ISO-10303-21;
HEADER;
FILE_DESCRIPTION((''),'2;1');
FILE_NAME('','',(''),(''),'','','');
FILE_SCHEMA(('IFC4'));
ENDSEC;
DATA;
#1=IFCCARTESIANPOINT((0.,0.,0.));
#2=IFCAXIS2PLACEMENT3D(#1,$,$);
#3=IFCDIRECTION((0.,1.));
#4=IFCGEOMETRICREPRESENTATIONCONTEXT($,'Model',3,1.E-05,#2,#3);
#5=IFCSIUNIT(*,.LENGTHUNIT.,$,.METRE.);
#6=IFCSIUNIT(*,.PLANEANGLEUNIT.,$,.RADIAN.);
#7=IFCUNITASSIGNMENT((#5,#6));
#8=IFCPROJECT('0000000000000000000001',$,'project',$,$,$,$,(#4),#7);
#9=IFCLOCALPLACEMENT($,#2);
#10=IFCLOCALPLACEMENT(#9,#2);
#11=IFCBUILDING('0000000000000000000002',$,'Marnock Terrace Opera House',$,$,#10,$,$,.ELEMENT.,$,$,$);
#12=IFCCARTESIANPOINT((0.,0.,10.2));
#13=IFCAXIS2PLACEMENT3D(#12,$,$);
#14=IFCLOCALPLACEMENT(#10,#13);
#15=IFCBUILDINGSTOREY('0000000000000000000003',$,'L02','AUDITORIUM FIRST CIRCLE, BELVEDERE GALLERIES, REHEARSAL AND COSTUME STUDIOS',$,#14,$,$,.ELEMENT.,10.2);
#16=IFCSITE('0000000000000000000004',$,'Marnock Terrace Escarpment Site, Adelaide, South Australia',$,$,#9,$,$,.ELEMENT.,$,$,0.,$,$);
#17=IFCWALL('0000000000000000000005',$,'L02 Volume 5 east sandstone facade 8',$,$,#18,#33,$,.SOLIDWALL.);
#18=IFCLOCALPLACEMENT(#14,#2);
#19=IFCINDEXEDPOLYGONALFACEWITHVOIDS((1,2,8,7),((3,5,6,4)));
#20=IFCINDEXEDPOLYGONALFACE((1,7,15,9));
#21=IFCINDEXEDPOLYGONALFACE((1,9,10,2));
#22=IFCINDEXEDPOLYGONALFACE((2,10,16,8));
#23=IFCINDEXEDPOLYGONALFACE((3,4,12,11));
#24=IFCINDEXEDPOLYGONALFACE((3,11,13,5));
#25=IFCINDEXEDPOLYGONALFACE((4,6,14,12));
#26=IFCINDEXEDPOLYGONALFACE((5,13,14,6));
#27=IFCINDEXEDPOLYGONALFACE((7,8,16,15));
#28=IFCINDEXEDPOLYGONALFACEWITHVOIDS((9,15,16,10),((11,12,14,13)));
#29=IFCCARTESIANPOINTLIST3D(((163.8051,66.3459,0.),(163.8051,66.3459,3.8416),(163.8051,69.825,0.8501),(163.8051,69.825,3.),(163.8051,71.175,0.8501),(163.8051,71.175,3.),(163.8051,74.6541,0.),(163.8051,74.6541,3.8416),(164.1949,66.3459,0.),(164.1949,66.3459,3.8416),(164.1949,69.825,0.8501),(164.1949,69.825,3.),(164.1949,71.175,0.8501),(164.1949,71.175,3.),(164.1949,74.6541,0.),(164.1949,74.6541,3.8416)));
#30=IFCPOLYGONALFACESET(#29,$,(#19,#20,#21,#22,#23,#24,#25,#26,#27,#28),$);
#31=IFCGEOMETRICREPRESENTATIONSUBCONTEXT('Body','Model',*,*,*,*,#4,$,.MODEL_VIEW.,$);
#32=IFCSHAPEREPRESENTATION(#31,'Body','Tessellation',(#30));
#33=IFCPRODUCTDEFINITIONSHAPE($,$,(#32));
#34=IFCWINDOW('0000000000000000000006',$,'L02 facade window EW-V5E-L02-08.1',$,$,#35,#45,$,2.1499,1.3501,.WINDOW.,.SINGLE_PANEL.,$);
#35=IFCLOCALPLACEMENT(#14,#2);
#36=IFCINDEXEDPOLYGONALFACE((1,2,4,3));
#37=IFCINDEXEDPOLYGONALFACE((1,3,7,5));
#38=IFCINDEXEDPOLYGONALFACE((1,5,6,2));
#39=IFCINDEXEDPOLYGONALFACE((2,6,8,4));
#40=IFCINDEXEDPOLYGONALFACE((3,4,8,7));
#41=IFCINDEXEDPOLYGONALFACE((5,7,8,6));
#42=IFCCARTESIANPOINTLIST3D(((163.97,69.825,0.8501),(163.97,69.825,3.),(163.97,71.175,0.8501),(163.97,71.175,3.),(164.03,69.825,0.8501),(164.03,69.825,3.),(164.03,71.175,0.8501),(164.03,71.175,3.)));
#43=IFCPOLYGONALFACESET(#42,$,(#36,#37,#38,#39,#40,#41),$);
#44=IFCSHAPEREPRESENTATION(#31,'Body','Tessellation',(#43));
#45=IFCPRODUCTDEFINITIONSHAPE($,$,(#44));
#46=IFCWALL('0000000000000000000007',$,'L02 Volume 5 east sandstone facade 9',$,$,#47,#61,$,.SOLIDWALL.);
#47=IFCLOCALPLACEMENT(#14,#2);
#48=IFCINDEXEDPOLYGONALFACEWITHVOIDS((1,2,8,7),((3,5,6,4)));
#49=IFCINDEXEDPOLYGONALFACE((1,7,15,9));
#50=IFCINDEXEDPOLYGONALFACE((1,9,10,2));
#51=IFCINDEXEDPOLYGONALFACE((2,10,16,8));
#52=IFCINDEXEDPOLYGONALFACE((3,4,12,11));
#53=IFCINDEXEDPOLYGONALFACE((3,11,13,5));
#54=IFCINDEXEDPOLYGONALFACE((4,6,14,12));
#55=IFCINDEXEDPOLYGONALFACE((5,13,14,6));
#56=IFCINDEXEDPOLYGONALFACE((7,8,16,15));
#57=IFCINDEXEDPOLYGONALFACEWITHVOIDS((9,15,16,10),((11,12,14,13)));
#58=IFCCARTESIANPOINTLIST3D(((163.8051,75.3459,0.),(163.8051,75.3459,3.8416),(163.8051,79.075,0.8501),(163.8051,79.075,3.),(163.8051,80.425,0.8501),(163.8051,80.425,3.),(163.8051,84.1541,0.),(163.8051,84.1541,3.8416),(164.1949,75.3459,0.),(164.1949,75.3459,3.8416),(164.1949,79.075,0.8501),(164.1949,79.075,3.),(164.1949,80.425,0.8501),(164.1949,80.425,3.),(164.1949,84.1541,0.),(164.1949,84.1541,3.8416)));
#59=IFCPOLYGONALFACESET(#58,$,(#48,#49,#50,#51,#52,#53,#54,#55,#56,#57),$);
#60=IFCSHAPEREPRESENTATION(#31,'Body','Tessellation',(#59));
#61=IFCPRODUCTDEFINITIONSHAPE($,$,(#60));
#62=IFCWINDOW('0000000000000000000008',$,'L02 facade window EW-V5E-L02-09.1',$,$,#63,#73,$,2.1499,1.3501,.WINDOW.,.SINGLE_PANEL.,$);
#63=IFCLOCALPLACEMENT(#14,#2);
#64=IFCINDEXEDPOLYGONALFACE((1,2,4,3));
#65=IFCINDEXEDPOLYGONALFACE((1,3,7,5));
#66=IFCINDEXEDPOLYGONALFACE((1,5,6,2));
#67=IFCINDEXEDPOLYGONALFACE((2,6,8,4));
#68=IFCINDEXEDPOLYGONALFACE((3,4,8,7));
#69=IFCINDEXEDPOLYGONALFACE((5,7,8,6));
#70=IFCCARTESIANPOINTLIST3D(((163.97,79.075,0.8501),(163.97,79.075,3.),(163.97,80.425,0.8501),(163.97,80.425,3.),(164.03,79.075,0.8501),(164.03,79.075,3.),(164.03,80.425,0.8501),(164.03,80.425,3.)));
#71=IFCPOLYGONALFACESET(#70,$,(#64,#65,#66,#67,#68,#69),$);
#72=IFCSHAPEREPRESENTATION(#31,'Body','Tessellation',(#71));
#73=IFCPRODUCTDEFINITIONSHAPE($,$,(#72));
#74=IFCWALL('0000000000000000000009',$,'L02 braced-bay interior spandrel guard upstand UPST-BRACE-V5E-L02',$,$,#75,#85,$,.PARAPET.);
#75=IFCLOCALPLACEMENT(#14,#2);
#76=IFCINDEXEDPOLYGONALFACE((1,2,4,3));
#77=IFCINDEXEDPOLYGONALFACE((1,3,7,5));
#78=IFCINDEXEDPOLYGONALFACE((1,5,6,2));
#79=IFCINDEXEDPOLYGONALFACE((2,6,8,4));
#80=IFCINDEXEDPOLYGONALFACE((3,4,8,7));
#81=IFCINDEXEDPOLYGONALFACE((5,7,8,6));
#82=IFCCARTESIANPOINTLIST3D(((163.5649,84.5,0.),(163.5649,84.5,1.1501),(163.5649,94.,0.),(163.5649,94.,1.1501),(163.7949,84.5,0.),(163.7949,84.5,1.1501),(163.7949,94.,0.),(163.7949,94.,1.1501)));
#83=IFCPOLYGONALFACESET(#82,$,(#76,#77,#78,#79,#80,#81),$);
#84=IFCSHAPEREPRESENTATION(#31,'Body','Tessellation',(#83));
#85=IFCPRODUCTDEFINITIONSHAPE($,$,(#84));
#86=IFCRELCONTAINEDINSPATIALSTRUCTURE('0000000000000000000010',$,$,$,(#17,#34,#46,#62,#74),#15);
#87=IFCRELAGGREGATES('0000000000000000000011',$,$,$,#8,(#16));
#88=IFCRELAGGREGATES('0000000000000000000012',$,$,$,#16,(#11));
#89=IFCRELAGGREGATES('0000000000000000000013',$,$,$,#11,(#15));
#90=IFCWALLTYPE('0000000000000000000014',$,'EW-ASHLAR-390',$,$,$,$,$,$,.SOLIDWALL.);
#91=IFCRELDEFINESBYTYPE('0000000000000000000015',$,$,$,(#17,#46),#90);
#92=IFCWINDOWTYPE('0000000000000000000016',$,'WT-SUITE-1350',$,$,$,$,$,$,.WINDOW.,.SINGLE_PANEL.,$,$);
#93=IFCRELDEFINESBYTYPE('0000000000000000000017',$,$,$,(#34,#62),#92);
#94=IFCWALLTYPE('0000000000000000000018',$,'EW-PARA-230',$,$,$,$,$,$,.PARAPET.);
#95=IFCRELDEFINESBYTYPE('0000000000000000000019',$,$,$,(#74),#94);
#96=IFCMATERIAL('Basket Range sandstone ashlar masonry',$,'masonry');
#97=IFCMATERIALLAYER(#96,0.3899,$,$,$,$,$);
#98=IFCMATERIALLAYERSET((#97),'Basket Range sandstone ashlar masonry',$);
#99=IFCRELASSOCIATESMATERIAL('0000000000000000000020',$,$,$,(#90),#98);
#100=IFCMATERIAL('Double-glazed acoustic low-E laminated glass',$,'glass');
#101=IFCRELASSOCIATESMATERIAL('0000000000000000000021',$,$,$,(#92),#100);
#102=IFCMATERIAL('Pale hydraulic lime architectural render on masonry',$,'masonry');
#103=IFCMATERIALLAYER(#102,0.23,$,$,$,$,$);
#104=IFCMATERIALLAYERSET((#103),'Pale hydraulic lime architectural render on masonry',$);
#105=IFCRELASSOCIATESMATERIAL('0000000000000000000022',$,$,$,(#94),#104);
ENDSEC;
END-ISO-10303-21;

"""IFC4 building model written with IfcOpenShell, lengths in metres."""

from ifc_helpers import new_model, si_unit, direction, frame, frame_2d, origin, place, context, subcontext, project, spatial, rectangle, extrude, material, layer, layer_set, type_object, element, fill, save


model = new_model("IFC4")

# Units and contexts
model_context = context("Model", 3, precision=1e-05, world=origin(), true_north=direction((0.0, 1.0)))
body_context = subcontext(model_context, "Body", "Model", "MODEL_VIEW")
ifc_project = project(units=[si_unit("LENGTHUNIT", "METRE"), si_unit("PLANEANGLEUNIT", "RADIAN")], contexts=[model_context])

# Site, building, storey
site_placement = place(None, origin())
site = spatial("IfcSite", under=ifc_project, at=site_placement, Name="Marnock Terrace Escarpment Site, Adelaide, South Australia", CompositionType="ELEMENT", RefElevation=0.0)
building_placement = place(site_placement, origin())
building = spatial("IfcBuilding", under=site, at=building_placement, Name="Marnock Terrace Opera House", CompositionType="ELEMENT")
storey_placement = place(building_placement, frame((0.0, 0.0, 10.2)))
storey = spatial("IfcBuildingStorey", under=building, at=storey_placement, Name="L02", Description="AUDITORIUM FIRST CIRCLE, BELVEDERE GALLERIES, REHEARSAL AND COSTUME STUDIOS", CompositionType="ELEMENT", Elevation=10.2)

# Walls, openings, windows
ifc_material_1 = material(Name="Basket Range sandstone ashlar masonry", Category="masonry")
ifc_layer_1 = layer(ifc_material_1, 0.3899)
ifc_layer_set_1 = layer_set([ifc_layer_1], Name="Basket Range sandstone ashlar masonry")
wall_type_1 = type_object("IfcWallType", Name="EW-ASHLAR-390", PredefinedType="SOLIDWALL", material=ifc_layer_set_1)
wall_1_placement = place(storey_placement, frame((164.0, 66.3459, 0.0), z_axis=(0.0, 0.0, 1.0), x_axis=(0.0, 1.0, 0.0)))
wall_1 = element("IfcWall", 1, at=wall_1_placement, inside=storey, type_object=wall_type_1, Name="L02 Volume 5 east sandstone facade 8", PredefinedType="SOLIDWALL", context=body_context, shape_type="SweptSolid", body=[
    extrude(rectangle(XDim=8.3081, YDim=0.3899, at=frame_2d((4.1541, 0.0))), origin(), (0.0, 0.0, 1.0), 3.8416),
])
opening_1_placement = place(wall_1_placement, frame((3.479, 0.0, 0.8501)))
opening_1 = element("IfcOpeningElement", 2, at=opening_1_placement, cuts=wall_1, PredefinedType="OPENING", context=body_context, shape_type="SweptSolid", body=[
    extrude(rectangle(XDim=1.3501, YDim=2.1499, at=frame_2d((0.675, 1.075))), frame((0.0, 0.2048, 0.0), z_axis=(0.0, -1.0, 0.0), x_axis=(1.0, 0.0, 0.0)), (0.0, 0.0, 1.0), 0.4099),
])
ifc_material_2 = material(Name="Double-glazed acoustic low-E laminated glass", Category="glass")
window_type = type_object("IfcWindowType", Name="WT-SUITE-1350", PartitioningType="SINGLE_PANEL", PredefinedType="WINDOW", material=ifc_material_2)
window_1_placement = place(opening_1_placement, origin())
window_1 = element("IfcWindow", 3, at=window_1_placement, inside=storey, type_object=window_type, Name="L02 facade window EW-V5E-L02-08.1", OverallHeight=2.1499, OverallWidth=1.3501, PartitioningType="SINGLE_PANEL", PredefinedType="WINDOW", context=body_context, shape_type="SweptSolid", body=[
    extrude(rectangle(XDim=1.3501, YDim=2.1499, at=frame_2d((0.675, 1.075))), frame((0.0, 0.03, 0.0), z_axis=(0.0, -1.0, 0.0), x_axis=(1.0, 0.0, 0.0)), (0.0, 0.0, 1.0), 0.0601),
])
fill(opening_1, window_1)
wall_2_placement = place(storey_placement, frame((164.0, 75.3459, 0.0), z_axis=(0.0, 0.0, 1.0), x_axis=(0.0, 1.0, 0.0)))
wall_2 = element("IfcWall", 4, at=wall_2_placement, inside=storey, type_object=wall_type_1, Name="L02 Volume 5 east sandstone facade 9", PredefinedType="SOLIDWALL", context=body_context, shape_type="SweptSolid", body=[
    extrude(rectangle(XDim=8.8081, YDim=0.3899, at=frame_2d((4.4041, 0.0))), origin(), (0.0, 0.0, 1.0), 3.8416),
])
opening_2_placement = place(wall_2_placement, frame((3.729, 0.0, 0.8501)))
opening_2 = element("IfcOpeningElement", 5, at=opening_2_placement, cuts=wall_2, PredefinedType="OPENING", context=body_context, shape_type="SweptSolid", body=[
    extrude(rectangle(XDim=1.3501, YDim=2.1499, at=frame_2d((0.675, 1.075))), frame((0.0, 0.2048, 0.0), z_axis=(0.0, -1.0, 0.0), x_axis=(1.0, 0.0, 0.0)), (0.0, 0.0, 1.0), 0.4099),
])
window_2_placement = place(opening_2_placement, origin())
window_2 = element("IfcWindow", 6, at=window_2_placement, inside=storey, type_object=window_type, Name="L02 facade window EW-V5E-L02-09.1", OverallHeight=2.1499, OverallWidth=1.3501, PartitioningType="SINGLE_PANEL", PredefinedType="WINDOW", context=body_context, shape_type="SweptSolid", body=[
    extrude(rectangle(XDim=1.3501, YDim=2.1499, at=frame_2d((0.675, 1.075))), frame((0.0, 0.03, 0.0), z_axis=(0.0, -1.0, 0.0), x_axis=(1.0, 0.0, 0.0)), (0.0, 0.0, 1.0), 0.0601),
])
fill(opening_2, window_2)

# Wall
ifc_material_3 = material(Name="Pale hydraulic lime architectural render on masonry", Category="masonry")
ifc_layer_2 = layer(ifc_material_3, 0.23)
ifc_layer_set_2 = layer_set([ifc_layer_2], Name="Pale hydraulic lime architectural render on masonry")
wall_type_2 = type_object("IfcWallType", Name="EW-PARA-230", PredefinedType="PARAPET", material=ifc_layer_set_2)
wall_3_placement = place(storey_placement, frame((163.6799, 84.5, 0.0), z_axis=(0.0, 0.0, 1.0), x_axis=(0.0, 1.0, 0.0)))
element("IfcWall", 7, at=wall_3_placement, inside=storey, type_object=wall_type_2, Name="L02 braced-bay interior spandrel guard upstand UPST-BRACE-V5E-L02", PredefinedType="PARAPET", context=body_context, shape_type="SweptSolid", body=[
    extrude(rectangle(XDim=9.5, YDim=0.23, at=frame_2d((4.75, 0.0))), origin(), (0.0, 0.0, 1.0), 1.1501),
])

save(model, "model.ifc")
